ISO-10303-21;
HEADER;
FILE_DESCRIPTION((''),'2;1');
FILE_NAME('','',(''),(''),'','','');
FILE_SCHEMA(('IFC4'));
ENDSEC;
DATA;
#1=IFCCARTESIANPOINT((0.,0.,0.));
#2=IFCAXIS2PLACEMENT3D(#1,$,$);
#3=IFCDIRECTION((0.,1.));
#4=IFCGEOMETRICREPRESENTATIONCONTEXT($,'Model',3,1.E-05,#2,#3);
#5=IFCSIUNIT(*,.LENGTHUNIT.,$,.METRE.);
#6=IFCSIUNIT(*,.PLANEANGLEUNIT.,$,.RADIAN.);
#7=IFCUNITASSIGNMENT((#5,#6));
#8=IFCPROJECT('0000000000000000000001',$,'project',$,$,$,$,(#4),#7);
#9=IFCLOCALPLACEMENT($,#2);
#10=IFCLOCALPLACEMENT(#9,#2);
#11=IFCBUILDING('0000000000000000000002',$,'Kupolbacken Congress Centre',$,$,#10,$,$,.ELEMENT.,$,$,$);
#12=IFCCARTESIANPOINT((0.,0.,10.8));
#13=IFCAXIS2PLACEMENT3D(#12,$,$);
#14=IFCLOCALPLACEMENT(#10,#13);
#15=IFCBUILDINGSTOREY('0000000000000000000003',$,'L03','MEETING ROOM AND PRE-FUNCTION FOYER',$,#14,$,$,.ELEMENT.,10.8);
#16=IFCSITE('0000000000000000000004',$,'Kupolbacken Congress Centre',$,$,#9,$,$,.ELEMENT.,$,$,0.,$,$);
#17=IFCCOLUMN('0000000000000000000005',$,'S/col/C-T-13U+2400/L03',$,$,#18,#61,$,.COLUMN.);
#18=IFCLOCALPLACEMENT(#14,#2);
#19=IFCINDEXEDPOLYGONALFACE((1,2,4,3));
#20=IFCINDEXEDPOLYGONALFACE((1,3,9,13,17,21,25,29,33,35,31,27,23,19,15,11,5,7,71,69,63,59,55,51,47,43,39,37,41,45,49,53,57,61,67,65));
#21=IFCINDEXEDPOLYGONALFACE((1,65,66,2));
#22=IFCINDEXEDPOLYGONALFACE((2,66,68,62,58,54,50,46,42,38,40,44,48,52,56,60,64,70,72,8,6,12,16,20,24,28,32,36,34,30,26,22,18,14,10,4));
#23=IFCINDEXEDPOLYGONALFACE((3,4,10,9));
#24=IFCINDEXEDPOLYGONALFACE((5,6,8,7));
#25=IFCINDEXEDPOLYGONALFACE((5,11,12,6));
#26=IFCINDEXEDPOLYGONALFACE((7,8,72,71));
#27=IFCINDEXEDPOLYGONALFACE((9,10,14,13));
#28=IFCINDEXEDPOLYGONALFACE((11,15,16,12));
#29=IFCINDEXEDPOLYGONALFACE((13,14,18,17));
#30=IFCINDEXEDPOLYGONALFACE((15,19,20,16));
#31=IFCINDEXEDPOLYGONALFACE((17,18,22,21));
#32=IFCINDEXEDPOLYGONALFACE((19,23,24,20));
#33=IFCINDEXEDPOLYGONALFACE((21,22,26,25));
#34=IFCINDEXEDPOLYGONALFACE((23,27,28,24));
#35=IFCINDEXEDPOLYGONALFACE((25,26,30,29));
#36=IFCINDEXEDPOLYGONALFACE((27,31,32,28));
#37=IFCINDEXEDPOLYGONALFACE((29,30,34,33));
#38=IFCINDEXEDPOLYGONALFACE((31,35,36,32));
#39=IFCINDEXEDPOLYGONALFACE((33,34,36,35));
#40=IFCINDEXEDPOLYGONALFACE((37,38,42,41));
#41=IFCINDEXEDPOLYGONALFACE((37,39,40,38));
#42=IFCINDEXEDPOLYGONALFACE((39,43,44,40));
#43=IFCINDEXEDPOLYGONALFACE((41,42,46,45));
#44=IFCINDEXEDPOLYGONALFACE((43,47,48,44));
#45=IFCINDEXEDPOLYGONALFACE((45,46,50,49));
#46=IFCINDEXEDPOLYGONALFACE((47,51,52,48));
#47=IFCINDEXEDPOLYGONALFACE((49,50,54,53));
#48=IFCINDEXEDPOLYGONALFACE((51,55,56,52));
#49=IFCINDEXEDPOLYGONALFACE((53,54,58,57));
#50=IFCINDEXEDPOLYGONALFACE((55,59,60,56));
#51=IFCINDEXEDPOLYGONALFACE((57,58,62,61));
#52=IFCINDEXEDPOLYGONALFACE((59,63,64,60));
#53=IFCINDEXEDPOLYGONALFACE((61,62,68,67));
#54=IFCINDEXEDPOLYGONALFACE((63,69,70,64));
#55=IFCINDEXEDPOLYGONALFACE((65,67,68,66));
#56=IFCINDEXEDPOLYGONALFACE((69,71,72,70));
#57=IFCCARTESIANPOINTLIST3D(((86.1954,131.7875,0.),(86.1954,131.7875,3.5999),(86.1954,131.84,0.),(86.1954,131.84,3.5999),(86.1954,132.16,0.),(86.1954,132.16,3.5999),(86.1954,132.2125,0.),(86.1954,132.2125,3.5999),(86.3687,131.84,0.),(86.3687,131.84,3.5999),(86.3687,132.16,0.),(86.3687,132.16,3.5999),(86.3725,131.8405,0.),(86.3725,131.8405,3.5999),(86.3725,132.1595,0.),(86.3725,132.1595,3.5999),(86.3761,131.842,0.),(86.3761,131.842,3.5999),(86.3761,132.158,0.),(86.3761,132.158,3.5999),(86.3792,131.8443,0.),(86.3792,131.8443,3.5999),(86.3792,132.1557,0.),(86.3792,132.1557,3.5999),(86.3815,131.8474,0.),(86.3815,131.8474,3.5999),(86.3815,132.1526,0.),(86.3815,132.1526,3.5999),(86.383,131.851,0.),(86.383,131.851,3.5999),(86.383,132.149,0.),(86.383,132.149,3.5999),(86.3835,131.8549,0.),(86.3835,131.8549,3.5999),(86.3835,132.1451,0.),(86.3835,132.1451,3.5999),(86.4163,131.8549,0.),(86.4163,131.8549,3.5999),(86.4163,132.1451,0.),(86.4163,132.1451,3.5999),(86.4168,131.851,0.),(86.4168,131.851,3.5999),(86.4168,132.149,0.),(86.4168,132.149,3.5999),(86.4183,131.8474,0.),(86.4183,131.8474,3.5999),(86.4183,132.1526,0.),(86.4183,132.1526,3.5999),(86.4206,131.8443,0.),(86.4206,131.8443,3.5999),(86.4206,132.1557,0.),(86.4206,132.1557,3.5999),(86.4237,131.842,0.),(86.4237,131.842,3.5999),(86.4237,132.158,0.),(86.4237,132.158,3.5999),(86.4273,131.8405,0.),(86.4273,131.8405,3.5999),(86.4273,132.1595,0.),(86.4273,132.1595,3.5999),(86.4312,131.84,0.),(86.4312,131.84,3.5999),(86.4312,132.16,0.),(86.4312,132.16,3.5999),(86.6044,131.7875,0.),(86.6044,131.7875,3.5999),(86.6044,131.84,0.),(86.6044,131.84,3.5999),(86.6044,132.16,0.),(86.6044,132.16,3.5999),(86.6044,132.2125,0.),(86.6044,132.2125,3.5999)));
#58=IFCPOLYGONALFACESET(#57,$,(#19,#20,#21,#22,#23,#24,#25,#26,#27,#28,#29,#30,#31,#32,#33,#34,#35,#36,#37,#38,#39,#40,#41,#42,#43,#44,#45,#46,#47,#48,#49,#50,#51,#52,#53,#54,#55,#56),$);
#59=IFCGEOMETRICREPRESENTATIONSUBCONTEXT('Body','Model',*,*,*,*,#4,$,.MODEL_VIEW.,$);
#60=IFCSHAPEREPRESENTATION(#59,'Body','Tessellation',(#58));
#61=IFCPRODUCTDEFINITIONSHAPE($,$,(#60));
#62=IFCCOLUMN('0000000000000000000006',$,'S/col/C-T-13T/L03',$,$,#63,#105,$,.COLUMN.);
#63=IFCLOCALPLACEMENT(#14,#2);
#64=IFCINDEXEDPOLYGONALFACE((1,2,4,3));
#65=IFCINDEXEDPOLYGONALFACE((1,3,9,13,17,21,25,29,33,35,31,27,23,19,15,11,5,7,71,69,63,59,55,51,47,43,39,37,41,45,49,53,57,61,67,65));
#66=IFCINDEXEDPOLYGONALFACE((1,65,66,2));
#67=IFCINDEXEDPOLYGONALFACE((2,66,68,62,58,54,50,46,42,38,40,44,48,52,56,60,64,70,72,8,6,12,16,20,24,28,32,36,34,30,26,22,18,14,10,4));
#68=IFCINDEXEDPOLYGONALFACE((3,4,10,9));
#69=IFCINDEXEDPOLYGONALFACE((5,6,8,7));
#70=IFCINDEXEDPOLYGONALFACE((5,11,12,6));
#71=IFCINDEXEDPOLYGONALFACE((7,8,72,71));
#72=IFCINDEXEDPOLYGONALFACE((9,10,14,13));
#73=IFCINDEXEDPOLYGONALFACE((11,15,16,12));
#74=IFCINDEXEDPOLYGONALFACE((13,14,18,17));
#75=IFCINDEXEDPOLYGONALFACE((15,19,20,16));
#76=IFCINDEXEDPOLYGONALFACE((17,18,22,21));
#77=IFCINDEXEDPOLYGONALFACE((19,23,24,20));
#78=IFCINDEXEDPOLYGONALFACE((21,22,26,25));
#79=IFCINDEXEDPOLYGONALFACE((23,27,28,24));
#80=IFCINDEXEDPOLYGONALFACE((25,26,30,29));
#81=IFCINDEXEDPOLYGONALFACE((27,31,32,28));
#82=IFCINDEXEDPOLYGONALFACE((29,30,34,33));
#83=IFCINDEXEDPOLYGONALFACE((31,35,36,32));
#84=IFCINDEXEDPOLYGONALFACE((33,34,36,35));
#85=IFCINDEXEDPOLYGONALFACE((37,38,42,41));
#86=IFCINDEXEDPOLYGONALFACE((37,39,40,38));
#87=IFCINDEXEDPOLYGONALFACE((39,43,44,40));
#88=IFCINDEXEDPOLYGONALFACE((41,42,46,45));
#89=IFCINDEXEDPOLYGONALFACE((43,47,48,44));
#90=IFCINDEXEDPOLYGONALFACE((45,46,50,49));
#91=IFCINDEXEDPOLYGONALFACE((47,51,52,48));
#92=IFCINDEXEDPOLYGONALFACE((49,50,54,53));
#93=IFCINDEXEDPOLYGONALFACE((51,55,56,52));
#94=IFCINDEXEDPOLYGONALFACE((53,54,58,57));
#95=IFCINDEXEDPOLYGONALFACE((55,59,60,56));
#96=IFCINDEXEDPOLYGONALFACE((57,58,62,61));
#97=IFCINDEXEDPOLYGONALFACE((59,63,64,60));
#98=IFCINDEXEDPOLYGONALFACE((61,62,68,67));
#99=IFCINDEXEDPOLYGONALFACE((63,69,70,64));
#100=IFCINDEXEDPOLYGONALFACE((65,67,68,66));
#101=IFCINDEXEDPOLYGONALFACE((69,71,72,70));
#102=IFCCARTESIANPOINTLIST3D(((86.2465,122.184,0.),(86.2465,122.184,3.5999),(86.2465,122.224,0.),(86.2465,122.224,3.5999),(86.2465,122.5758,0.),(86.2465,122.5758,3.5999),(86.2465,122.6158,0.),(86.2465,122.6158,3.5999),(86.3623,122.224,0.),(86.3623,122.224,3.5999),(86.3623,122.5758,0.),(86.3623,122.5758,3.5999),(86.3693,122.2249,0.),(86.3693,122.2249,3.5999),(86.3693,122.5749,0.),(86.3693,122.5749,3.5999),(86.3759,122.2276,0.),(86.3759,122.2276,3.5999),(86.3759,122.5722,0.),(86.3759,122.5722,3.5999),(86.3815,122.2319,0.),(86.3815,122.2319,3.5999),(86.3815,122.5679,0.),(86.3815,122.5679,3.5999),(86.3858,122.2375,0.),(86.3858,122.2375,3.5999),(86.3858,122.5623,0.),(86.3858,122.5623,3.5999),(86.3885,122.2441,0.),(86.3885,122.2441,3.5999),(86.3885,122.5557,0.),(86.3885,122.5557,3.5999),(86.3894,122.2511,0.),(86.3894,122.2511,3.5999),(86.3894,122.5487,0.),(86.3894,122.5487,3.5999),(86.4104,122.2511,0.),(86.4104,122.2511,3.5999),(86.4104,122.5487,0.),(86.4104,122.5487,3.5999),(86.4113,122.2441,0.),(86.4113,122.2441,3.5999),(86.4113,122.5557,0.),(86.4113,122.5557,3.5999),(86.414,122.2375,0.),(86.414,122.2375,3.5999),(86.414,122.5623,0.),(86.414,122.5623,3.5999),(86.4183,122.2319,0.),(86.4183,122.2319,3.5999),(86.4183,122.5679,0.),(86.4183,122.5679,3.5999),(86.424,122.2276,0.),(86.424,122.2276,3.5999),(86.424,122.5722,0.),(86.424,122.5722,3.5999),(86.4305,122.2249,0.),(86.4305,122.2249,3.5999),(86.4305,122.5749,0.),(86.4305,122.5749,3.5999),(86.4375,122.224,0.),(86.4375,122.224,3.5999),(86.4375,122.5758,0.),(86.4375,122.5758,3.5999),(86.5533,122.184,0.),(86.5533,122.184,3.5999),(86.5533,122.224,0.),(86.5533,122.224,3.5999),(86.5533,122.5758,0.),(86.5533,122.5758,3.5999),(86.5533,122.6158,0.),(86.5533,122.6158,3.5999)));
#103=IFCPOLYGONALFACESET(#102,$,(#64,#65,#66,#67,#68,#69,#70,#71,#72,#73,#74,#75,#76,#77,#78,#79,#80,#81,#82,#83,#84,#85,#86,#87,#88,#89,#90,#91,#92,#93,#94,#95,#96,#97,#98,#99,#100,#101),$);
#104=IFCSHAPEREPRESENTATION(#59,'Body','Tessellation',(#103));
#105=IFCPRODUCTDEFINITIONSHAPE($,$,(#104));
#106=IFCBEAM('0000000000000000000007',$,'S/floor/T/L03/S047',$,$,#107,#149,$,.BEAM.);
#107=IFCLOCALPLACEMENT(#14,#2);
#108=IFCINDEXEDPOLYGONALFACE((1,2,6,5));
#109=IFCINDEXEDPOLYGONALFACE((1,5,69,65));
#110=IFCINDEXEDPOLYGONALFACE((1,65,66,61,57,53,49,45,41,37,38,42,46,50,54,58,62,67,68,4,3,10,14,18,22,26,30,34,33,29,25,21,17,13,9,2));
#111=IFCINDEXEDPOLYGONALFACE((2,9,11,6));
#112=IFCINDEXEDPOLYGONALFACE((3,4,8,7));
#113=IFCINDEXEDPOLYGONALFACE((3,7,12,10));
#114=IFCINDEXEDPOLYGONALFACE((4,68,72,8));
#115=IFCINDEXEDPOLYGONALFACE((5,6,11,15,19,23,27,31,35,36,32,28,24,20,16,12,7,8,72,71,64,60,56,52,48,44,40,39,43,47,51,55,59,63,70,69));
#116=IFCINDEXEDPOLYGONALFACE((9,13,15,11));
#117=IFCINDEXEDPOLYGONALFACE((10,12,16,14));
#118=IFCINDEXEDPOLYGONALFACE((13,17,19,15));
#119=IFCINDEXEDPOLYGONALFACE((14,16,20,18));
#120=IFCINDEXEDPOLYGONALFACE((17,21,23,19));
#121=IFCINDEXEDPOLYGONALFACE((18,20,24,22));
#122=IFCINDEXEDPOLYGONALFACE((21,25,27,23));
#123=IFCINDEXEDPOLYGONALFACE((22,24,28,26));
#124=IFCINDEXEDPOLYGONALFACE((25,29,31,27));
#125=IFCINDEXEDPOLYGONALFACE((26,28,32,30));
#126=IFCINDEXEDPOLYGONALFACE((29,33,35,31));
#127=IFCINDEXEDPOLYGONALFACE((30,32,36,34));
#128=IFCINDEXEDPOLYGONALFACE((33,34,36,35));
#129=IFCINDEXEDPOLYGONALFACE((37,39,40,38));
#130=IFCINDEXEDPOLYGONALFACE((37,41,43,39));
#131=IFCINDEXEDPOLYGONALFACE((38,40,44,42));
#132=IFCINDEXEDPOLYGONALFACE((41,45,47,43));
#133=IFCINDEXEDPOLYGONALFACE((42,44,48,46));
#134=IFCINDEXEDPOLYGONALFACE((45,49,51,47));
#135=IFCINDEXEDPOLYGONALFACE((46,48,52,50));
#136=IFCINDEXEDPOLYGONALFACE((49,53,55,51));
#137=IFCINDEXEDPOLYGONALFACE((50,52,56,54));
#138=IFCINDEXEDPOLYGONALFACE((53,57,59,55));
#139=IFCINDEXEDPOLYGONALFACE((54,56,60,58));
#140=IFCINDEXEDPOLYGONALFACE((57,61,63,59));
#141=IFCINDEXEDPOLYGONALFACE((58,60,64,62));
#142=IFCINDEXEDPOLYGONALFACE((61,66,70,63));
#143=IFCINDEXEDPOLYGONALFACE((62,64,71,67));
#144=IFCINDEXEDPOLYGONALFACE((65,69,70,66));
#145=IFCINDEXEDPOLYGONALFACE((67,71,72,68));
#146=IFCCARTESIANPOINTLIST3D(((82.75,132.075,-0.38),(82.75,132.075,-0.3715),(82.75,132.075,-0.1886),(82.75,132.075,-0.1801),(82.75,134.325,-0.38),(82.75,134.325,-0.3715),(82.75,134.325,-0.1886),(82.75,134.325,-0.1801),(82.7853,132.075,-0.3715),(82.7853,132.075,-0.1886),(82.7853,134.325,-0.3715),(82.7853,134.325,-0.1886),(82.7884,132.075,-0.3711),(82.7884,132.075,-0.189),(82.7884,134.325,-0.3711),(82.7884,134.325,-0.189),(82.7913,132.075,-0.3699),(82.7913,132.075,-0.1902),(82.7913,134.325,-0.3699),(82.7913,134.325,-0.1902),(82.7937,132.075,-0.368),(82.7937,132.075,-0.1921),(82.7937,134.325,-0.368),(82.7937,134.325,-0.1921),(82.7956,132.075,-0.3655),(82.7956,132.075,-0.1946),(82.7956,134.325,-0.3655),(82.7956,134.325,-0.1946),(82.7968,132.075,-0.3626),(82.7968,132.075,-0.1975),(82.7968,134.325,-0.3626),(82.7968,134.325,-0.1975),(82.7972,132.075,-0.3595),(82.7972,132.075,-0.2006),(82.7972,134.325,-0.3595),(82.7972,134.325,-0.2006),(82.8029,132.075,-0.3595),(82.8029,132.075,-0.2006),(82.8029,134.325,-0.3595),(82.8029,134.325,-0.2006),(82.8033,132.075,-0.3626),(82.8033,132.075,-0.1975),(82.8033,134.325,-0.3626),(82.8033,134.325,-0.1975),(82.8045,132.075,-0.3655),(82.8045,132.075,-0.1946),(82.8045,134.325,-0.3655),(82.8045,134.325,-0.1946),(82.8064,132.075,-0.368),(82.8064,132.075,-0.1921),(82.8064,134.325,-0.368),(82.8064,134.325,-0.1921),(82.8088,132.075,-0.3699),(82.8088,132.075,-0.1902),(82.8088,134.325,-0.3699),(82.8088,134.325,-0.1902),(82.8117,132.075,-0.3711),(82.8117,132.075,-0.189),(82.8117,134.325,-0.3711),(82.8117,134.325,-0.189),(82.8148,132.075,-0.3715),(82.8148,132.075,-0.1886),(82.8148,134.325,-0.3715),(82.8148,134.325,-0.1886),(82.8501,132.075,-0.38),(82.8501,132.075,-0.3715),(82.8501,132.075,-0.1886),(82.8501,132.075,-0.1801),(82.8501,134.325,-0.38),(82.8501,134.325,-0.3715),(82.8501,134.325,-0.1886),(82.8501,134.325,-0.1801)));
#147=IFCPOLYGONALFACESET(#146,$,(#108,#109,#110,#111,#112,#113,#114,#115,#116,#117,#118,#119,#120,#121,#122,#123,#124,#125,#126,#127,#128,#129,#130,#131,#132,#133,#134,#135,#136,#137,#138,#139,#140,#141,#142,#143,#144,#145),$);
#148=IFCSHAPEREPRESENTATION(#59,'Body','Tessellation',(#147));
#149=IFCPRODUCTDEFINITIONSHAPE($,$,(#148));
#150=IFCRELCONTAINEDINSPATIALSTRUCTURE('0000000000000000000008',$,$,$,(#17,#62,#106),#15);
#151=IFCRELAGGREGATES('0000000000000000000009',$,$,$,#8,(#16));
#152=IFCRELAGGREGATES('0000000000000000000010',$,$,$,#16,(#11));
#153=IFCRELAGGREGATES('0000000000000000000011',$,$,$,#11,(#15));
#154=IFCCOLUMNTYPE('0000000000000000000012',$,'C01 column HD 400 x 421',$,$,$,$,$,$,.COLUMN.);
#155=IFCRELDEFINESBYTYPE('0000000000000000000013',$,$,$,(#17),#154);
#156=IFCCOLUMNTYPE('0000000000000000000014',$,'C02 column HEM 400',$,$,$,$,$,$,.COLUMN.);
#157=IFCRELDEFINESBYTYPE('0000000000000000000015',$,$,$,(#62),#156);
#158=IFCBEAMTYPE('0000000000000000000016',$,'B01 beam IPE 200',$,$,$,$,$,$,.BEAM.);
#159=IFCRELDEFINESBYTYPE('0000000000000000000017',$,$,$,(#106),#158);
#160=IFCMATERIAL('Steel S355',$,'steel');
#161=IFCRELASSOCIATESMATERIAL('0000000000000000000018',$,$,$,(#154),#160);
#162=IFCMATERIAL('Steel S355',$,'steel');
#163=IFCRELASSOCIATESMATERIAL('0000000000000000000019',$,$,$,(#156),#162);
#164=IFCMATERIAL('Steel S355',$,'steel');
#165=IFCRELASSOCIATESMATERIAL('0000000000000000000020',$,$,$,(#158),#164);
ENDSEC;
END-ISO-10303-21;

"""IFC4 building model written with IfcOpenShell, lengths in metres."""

from ifc_helpers import new_model, si_unit, direction, frame, origin, origin_2d, place, context, subcontext, project, spatial, i_section, extrude, material, material_profile, profile_set, type_object, element, save


model = new_model("IFC4")

# Units and contexts
model_context = context("Model", 3, precision=1e-05, world=origin(), true_north=direction((0.0, 1.0)))
body_context = subcontext(model_context, "Body", "Model", "MODEL_VIEW")
ifc_project = project(units=[si_unit("LENGTHUNIT", "METRE"), si_unit("PLANEANGLEUNIT", "RADIAN")], contexts=[model_context])

# Site, building, storey
site_placement = place(None, origin())
site = spatial("IfcSite", under=ifc_project, at=site_placement, Name="Kupolbacken Congress Centre", CompositionType="ELEMENT", RefElevation=0.0)
building_placement = place(site_placement, origin())
building = spatial("IfcBuilding", under=site, at=building_placement, Name="Kupolbacken Congress Centre", CompositionType="ELEMENT")
storey_placement = place(building_placement, frame((0.0, 0.0, 10.8)))
storey = spatial("IfcBuildingStorey", under=building, at=storey_placement, Name="L03", Description="MEETING ROOM AND PRE-FUNCTION FOYER", CompositionType="ELEMENT", Elevation=10.8)

# Columns
ifc_material_1 = material(Name="Steel S355", Category="steel")
ifc_material_profile_1 = material_profile(ifc_material_1, i_section(OverallWidth=0.4089, OverallDepth=0.425, WebThickness=0.0327, FlangeThickness=0.0525, FilletRadius=0.0149, at=origin_2d()), Name="HD 400 x 421")
ifc_profile_set_1 = profile_set([ifc_material_profile_1], Name="Steel S355")
column_type_1 = type_object("IfcColumnType", Name="C01 column HD 400 x 421", PredefinedType="COLUMN", material=ifc_profile_set_1)
column_1_placement = place(storey_placement, frame((86.3999, 132.0, 0.0), z_axis=(0.0, 0.0, 1.0), x_axis=(1.0, 0.0, 0.0)))
element("IfcColumn", 1, at=column_1_placement, inside=storey, type_object=column_type_1, Name="S/col/C-T-13U+2400/L03", PredefinedType="COLUMN", context=body_context, shape_type="SweptSolid", body=[
    extrude(i_section(OverallWidth=0.4089, OverallDepth=0.425, WebThickness=0.0327, FlangeThickness=0.0525, FilletRadius=0.0149, at=origin_2d()), origin(), (0.0, 0.0, 1.0), 3.5999),
])
ifc_material_2 = material(Name="Steel S355", Category="steel")
ifc_material_profile_2 = material_profile(ifc_material_2, i_section(OverallWidth=0.3069, OverallDepth=0.4319, WebThickness=0.021, FlangeThickness=0.04, FilletRadius=0.0271, at=origin_2d()), Name="HEM 400")
ifc_profile_set_2 = profile_set([ifc_material_profile_2], Name="Steel S355")
column_type_2 = type_object("IfcColumnType", Name="C02 column HEM 400", PredefinedType="COLUMN", material=ifc_profile_set_2)
column_2_placement = place(storey_placement, frame((86.3999, 122.3999, 0.0), z_axis=(0.0, 0.0, 1.0), x_axis=(1.0, 0.0, 0.0)))
element("IfcColumn", 2, at=column_2_placement, inside=storey, type_object=column_type_2, Name="S/col/C-T-13T/L03", PredefinedType="COLUMN", context=body_context, shape_type="SweptSolid", body=[
    extrude(i_section(OverallWidth=0.3069, OverallDepth=0.4319, WebThickness=0.021, FlangeThickness=0.04, FilletRadius=0.0271, at=origin_2d()), origin(), (0.0, 0.0, 1.0), 3.5999),
])

# Beam
ifc_material_3 = material(Name="Steel S355", Category="steel")
ifc_material_profile_3 = material_profile(ifc_material_3, i_section(OverallWidth=0.1001, OverallDepth=0.2, WebThickness=0.0056, FlangeThickness=0.0085, FilletRadius=0.012, at=origin_2d()), Name="IPE 200")
ifc_profile_set_3 = profile_set([ifc_material_profile_3], Name="Steel S355")
beam_type_1 = type_object("IfcBeamType", Name="B01 beam IPE 200", PredefinedType="BEAM", material=ifc_profile_set_3)
beam_1_placement = place(storey_placement, frame((82.8, 132.075, -0.28), z_axis=(0.0, 1.0, 0.0), x_axis=(-1.0, 0.0, 0.0)))
element("IfcBeam", 3, at=beam_1_placement, inside=storey, type_object=beam_type_1, Name="S/floor/T/L03/S047", PredefinedType="BEAM", context=body_context, shape_type="SweptSolid", body=[
    extrude(i_section(OverallWidth=0.1001, OverallDepth=0.2, WebThickness=0.0056, FlangeThickness=0.0085, FilletRadius=0.012, at=origin_2d()), origin(), (0.0, 0.0, 1.0), 2.25),
])

save(model, "model.ifc")
